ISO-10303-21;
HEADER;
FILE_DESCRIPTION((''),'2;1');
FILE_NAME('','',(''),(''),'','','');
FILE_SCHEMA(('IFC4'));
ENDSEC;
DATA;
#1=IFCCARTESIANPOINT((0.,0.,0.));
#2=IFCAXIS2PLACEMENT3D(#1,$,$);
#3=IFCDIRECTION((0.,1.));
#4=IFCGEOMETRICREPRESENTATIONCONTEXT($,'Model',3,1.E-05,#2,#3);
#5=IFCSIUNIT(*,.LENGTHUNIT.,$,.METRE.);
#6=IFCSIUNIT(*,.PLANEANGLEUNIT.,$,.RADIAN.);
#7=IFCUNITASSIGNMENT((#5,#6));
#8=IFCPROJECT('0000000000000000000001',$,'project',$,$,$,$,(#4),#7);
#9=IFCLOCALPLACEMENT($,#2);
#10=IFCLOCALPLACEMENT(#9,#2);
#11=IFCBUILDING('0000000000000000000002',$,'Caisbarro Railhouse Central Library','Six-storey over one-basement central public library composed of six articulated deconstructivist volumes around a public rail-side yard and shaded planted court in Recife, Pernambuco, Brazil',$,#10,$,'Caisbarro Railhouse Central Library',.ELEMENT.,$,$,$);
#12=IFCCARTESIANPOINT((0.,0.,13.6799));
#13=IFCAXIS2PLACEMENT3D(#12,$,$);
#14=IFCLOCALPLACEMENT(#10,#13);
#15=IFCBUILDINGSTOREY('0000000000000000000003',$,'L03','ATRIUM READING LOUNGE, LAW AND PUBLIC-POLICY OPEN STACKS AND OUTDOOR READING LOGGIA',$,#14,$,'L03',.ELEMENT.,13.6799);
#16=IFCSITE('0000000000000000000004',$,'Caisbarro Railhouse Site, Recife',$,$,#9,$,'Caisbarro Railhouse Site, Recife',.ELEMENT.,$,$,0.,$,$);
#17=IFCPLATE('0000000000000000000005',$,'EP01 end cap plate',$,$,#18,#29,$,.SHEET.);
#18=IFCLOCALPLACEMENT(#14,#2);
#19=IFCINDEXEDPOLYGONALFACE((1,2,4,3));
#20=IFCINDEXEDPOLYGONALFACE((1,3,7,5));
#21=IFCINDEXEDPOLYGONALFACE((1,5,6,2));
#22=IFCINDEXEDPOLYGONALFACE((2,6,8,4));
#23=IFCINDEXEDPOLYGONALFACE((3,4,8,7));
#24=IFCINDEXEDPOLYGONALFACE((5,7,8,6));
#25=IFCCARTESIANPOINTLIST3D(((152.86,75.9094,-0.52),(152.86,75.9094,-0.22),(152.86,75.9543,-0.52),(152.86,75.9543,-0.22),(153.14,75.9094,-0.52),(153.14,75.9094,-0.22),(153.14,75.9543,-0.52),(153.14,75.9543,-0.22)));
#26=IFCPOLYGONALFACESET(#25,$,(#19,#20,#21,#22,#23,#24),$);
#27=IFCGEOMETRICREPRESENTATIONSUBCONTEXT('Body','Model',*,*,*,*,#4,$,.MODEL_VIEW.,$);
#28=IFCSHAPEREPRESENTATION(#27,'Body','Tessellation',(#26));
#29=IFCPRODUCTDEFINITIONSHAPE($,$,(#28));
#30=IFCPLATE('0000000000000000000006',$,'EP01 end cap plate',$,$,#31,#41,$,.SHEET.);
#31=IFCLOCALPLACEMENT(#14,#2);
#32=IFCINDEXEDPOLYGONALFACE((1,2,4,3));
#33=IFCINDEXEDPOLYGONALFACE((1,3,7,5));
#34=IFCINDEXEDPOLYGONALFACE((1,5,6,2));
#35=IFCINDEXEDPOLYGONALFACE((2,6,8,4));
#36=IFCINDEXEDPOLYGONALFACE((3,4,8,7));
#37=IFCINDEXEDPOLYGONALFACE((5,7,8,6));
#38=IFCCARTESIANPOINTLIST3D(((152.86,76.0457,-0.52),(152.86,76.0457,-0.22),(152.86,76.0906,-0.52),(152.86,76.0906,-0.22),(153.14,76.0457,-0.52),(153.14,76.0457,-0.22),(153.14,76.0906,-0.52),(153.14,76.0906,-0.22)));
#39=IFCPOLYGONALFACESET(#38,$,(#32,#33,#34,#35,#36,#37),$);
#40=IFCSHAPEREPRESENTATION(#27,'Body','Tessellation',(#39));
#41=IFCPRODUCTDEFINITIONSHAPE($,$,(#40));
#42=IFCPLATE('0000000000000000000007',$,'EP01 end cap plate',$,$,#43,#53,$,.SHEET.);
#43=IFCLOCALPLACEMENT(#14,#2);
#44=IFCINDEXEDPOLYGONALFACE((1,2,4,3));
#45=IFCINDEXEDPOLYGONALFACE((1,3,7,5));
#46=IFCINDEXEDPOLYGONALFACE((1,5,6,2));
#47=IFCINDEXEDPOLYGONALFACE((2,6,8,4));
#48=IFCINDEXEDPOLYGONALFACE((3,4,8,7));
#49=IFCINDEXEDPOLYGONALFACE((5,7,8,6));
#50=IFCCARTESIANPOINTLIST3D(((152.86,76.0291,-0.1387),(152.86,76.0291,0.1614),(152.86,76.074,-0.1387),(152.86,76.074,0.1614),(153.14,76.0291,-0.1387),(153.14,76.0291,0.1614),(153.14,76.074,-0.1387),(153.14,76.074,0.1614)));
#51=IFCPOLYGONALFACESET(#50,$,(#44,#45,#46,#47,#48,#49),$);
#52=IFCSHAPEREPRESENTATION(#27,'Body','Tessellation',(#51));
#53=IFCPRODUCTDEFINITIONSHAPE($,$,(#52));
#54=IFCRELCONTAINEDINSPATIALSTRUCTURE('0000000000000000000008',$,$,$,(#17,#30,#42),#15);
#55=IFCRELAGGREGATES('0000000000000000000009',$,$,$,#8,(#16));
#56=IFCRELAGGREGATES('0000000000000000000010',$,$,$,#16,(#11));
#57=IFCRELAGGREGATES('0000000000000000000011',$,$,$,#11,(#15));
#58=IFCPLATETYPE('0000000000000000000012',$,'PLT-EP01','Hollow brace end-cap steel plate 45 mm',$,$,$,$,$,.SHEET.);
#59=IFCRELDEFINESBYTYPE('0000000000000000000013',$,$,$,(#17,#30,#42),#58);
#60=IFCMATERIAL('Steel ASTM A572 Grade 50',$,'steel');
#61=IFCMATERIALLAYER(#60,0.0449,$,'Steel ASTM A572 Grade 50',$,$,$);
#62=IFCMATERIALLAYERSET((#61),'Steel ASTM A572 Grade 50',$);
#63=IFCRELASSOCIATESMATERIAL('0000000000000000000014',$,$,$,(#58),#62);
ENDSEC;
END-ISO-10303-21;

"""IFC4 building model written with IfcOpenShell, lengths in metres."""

from ifc_helpers import new_model, si_unit, direction, frame, origin, origin_2d, place, context, subcontext, project, spatial, rectangle, extrude, material, layer, layer_set, type_object, element, save


model = new_model("IFC4")

# Units and contexts
model_context = context("Model", 3, precision=1e-05, world=origin(), true_north=direction((0.0, 1.0)))
body_context = subcontext(model_context, "Body", "Model", "MODEL_VIEW")
ifc_project = project(units=[si_unit("LENGTHUNIT", "METRE"), si_unit("PLANEANGLEUNIT", "RADIAN")], contexts=[model_context])

# Site, building, storey
site_placement = place(None, origin())
site = spatial("IfcSite", under=ifc_project, at=site_placement, Name="Caisbarro Railhouse Site, Recife", LongName="Caisbarro Railhouse Site, Recife", CompositionType="ELEMENT", RefElevation=0.0)
building_placement = place(site_placement, origin())
building = spatial("IfcBuilding", under=site, at=building_placement, Name="Caisbarro Railhouse Central Library", Description="Six-storey over one-basement central public library composed of six articulated deconstructivist volumes around a public rail-side yard and shaded planted court in Recife, Pernambuco, Brazil", LongName="Caisbarro Railhouse Central Library", CompositionType="ELEMENT")
storey_placement = place(building_placement, frame((0.0, 0.0, 13.6799)))
storey = spatial("IfcBuildingStorey", under=building, at=storey_placement, Name="L03", Description="ATRIUM READING LOUNGE, LAW AND PUBLIC-POLICY OPEN STACKS AND OUTDOOR READING LOGGIA", LongName="L03", CompositionType="ELEMENT", Elevation=13.6799)

# Shared definitions
ifc_material_1 = material(Name="Steel ASTM A572 Grade 50", Category="steel")

# Plates
ifc_layer_1 = layer(ifc_material_1, 0.0449, Name="Steel ASTM A572 Grade 50")
ifc_layer_set_1 = layer_set([ifc_layer_1], Name="Steel ASTM A572 Grade 50")
plate_type_1 = type_object("IfcPlateType", Name="PLT-EP01", Description="Hollow brace end-cap steel plate 45 mm", PredefinedType="SHEET", material=ifc_layer_set_1)
for number, where, z_axis, x_axis, name in (
    (1, (153.0, 75.9319, -0.52), (0.0, 0.0, 1.0), (0.0, 1.0, 0.0), "EP01 end cap plate"),
    (2, (153.0, 76.0681, -0.52), (0.0, 0.0, 1.0), (0.0, 1.0, 0.0), "EP01 end cap plate"),
    (3, (153.0, 76.0515, -0.1387), (0.0, 0.0, 1.0), (0.0, 1.0, 0.0), "EP01 end cap plate"),
):
    element("IfcPlate", number, at=place(storey_placement, frame(where, z_axis=z_axis, x_axis=x_axis)), inside=storey, type_object=plate_type_1, Name=name, PredefinedType="SHEET", context=body_context, shape_type="SweptSolid", body=[
        extrude(rectangle(XDim=0.0449, YDim=0.28, at=origin_2d()), origin(), (0.0, 0.0, 1.0), 0.3),
    ])

save(model, "model.ifc")
